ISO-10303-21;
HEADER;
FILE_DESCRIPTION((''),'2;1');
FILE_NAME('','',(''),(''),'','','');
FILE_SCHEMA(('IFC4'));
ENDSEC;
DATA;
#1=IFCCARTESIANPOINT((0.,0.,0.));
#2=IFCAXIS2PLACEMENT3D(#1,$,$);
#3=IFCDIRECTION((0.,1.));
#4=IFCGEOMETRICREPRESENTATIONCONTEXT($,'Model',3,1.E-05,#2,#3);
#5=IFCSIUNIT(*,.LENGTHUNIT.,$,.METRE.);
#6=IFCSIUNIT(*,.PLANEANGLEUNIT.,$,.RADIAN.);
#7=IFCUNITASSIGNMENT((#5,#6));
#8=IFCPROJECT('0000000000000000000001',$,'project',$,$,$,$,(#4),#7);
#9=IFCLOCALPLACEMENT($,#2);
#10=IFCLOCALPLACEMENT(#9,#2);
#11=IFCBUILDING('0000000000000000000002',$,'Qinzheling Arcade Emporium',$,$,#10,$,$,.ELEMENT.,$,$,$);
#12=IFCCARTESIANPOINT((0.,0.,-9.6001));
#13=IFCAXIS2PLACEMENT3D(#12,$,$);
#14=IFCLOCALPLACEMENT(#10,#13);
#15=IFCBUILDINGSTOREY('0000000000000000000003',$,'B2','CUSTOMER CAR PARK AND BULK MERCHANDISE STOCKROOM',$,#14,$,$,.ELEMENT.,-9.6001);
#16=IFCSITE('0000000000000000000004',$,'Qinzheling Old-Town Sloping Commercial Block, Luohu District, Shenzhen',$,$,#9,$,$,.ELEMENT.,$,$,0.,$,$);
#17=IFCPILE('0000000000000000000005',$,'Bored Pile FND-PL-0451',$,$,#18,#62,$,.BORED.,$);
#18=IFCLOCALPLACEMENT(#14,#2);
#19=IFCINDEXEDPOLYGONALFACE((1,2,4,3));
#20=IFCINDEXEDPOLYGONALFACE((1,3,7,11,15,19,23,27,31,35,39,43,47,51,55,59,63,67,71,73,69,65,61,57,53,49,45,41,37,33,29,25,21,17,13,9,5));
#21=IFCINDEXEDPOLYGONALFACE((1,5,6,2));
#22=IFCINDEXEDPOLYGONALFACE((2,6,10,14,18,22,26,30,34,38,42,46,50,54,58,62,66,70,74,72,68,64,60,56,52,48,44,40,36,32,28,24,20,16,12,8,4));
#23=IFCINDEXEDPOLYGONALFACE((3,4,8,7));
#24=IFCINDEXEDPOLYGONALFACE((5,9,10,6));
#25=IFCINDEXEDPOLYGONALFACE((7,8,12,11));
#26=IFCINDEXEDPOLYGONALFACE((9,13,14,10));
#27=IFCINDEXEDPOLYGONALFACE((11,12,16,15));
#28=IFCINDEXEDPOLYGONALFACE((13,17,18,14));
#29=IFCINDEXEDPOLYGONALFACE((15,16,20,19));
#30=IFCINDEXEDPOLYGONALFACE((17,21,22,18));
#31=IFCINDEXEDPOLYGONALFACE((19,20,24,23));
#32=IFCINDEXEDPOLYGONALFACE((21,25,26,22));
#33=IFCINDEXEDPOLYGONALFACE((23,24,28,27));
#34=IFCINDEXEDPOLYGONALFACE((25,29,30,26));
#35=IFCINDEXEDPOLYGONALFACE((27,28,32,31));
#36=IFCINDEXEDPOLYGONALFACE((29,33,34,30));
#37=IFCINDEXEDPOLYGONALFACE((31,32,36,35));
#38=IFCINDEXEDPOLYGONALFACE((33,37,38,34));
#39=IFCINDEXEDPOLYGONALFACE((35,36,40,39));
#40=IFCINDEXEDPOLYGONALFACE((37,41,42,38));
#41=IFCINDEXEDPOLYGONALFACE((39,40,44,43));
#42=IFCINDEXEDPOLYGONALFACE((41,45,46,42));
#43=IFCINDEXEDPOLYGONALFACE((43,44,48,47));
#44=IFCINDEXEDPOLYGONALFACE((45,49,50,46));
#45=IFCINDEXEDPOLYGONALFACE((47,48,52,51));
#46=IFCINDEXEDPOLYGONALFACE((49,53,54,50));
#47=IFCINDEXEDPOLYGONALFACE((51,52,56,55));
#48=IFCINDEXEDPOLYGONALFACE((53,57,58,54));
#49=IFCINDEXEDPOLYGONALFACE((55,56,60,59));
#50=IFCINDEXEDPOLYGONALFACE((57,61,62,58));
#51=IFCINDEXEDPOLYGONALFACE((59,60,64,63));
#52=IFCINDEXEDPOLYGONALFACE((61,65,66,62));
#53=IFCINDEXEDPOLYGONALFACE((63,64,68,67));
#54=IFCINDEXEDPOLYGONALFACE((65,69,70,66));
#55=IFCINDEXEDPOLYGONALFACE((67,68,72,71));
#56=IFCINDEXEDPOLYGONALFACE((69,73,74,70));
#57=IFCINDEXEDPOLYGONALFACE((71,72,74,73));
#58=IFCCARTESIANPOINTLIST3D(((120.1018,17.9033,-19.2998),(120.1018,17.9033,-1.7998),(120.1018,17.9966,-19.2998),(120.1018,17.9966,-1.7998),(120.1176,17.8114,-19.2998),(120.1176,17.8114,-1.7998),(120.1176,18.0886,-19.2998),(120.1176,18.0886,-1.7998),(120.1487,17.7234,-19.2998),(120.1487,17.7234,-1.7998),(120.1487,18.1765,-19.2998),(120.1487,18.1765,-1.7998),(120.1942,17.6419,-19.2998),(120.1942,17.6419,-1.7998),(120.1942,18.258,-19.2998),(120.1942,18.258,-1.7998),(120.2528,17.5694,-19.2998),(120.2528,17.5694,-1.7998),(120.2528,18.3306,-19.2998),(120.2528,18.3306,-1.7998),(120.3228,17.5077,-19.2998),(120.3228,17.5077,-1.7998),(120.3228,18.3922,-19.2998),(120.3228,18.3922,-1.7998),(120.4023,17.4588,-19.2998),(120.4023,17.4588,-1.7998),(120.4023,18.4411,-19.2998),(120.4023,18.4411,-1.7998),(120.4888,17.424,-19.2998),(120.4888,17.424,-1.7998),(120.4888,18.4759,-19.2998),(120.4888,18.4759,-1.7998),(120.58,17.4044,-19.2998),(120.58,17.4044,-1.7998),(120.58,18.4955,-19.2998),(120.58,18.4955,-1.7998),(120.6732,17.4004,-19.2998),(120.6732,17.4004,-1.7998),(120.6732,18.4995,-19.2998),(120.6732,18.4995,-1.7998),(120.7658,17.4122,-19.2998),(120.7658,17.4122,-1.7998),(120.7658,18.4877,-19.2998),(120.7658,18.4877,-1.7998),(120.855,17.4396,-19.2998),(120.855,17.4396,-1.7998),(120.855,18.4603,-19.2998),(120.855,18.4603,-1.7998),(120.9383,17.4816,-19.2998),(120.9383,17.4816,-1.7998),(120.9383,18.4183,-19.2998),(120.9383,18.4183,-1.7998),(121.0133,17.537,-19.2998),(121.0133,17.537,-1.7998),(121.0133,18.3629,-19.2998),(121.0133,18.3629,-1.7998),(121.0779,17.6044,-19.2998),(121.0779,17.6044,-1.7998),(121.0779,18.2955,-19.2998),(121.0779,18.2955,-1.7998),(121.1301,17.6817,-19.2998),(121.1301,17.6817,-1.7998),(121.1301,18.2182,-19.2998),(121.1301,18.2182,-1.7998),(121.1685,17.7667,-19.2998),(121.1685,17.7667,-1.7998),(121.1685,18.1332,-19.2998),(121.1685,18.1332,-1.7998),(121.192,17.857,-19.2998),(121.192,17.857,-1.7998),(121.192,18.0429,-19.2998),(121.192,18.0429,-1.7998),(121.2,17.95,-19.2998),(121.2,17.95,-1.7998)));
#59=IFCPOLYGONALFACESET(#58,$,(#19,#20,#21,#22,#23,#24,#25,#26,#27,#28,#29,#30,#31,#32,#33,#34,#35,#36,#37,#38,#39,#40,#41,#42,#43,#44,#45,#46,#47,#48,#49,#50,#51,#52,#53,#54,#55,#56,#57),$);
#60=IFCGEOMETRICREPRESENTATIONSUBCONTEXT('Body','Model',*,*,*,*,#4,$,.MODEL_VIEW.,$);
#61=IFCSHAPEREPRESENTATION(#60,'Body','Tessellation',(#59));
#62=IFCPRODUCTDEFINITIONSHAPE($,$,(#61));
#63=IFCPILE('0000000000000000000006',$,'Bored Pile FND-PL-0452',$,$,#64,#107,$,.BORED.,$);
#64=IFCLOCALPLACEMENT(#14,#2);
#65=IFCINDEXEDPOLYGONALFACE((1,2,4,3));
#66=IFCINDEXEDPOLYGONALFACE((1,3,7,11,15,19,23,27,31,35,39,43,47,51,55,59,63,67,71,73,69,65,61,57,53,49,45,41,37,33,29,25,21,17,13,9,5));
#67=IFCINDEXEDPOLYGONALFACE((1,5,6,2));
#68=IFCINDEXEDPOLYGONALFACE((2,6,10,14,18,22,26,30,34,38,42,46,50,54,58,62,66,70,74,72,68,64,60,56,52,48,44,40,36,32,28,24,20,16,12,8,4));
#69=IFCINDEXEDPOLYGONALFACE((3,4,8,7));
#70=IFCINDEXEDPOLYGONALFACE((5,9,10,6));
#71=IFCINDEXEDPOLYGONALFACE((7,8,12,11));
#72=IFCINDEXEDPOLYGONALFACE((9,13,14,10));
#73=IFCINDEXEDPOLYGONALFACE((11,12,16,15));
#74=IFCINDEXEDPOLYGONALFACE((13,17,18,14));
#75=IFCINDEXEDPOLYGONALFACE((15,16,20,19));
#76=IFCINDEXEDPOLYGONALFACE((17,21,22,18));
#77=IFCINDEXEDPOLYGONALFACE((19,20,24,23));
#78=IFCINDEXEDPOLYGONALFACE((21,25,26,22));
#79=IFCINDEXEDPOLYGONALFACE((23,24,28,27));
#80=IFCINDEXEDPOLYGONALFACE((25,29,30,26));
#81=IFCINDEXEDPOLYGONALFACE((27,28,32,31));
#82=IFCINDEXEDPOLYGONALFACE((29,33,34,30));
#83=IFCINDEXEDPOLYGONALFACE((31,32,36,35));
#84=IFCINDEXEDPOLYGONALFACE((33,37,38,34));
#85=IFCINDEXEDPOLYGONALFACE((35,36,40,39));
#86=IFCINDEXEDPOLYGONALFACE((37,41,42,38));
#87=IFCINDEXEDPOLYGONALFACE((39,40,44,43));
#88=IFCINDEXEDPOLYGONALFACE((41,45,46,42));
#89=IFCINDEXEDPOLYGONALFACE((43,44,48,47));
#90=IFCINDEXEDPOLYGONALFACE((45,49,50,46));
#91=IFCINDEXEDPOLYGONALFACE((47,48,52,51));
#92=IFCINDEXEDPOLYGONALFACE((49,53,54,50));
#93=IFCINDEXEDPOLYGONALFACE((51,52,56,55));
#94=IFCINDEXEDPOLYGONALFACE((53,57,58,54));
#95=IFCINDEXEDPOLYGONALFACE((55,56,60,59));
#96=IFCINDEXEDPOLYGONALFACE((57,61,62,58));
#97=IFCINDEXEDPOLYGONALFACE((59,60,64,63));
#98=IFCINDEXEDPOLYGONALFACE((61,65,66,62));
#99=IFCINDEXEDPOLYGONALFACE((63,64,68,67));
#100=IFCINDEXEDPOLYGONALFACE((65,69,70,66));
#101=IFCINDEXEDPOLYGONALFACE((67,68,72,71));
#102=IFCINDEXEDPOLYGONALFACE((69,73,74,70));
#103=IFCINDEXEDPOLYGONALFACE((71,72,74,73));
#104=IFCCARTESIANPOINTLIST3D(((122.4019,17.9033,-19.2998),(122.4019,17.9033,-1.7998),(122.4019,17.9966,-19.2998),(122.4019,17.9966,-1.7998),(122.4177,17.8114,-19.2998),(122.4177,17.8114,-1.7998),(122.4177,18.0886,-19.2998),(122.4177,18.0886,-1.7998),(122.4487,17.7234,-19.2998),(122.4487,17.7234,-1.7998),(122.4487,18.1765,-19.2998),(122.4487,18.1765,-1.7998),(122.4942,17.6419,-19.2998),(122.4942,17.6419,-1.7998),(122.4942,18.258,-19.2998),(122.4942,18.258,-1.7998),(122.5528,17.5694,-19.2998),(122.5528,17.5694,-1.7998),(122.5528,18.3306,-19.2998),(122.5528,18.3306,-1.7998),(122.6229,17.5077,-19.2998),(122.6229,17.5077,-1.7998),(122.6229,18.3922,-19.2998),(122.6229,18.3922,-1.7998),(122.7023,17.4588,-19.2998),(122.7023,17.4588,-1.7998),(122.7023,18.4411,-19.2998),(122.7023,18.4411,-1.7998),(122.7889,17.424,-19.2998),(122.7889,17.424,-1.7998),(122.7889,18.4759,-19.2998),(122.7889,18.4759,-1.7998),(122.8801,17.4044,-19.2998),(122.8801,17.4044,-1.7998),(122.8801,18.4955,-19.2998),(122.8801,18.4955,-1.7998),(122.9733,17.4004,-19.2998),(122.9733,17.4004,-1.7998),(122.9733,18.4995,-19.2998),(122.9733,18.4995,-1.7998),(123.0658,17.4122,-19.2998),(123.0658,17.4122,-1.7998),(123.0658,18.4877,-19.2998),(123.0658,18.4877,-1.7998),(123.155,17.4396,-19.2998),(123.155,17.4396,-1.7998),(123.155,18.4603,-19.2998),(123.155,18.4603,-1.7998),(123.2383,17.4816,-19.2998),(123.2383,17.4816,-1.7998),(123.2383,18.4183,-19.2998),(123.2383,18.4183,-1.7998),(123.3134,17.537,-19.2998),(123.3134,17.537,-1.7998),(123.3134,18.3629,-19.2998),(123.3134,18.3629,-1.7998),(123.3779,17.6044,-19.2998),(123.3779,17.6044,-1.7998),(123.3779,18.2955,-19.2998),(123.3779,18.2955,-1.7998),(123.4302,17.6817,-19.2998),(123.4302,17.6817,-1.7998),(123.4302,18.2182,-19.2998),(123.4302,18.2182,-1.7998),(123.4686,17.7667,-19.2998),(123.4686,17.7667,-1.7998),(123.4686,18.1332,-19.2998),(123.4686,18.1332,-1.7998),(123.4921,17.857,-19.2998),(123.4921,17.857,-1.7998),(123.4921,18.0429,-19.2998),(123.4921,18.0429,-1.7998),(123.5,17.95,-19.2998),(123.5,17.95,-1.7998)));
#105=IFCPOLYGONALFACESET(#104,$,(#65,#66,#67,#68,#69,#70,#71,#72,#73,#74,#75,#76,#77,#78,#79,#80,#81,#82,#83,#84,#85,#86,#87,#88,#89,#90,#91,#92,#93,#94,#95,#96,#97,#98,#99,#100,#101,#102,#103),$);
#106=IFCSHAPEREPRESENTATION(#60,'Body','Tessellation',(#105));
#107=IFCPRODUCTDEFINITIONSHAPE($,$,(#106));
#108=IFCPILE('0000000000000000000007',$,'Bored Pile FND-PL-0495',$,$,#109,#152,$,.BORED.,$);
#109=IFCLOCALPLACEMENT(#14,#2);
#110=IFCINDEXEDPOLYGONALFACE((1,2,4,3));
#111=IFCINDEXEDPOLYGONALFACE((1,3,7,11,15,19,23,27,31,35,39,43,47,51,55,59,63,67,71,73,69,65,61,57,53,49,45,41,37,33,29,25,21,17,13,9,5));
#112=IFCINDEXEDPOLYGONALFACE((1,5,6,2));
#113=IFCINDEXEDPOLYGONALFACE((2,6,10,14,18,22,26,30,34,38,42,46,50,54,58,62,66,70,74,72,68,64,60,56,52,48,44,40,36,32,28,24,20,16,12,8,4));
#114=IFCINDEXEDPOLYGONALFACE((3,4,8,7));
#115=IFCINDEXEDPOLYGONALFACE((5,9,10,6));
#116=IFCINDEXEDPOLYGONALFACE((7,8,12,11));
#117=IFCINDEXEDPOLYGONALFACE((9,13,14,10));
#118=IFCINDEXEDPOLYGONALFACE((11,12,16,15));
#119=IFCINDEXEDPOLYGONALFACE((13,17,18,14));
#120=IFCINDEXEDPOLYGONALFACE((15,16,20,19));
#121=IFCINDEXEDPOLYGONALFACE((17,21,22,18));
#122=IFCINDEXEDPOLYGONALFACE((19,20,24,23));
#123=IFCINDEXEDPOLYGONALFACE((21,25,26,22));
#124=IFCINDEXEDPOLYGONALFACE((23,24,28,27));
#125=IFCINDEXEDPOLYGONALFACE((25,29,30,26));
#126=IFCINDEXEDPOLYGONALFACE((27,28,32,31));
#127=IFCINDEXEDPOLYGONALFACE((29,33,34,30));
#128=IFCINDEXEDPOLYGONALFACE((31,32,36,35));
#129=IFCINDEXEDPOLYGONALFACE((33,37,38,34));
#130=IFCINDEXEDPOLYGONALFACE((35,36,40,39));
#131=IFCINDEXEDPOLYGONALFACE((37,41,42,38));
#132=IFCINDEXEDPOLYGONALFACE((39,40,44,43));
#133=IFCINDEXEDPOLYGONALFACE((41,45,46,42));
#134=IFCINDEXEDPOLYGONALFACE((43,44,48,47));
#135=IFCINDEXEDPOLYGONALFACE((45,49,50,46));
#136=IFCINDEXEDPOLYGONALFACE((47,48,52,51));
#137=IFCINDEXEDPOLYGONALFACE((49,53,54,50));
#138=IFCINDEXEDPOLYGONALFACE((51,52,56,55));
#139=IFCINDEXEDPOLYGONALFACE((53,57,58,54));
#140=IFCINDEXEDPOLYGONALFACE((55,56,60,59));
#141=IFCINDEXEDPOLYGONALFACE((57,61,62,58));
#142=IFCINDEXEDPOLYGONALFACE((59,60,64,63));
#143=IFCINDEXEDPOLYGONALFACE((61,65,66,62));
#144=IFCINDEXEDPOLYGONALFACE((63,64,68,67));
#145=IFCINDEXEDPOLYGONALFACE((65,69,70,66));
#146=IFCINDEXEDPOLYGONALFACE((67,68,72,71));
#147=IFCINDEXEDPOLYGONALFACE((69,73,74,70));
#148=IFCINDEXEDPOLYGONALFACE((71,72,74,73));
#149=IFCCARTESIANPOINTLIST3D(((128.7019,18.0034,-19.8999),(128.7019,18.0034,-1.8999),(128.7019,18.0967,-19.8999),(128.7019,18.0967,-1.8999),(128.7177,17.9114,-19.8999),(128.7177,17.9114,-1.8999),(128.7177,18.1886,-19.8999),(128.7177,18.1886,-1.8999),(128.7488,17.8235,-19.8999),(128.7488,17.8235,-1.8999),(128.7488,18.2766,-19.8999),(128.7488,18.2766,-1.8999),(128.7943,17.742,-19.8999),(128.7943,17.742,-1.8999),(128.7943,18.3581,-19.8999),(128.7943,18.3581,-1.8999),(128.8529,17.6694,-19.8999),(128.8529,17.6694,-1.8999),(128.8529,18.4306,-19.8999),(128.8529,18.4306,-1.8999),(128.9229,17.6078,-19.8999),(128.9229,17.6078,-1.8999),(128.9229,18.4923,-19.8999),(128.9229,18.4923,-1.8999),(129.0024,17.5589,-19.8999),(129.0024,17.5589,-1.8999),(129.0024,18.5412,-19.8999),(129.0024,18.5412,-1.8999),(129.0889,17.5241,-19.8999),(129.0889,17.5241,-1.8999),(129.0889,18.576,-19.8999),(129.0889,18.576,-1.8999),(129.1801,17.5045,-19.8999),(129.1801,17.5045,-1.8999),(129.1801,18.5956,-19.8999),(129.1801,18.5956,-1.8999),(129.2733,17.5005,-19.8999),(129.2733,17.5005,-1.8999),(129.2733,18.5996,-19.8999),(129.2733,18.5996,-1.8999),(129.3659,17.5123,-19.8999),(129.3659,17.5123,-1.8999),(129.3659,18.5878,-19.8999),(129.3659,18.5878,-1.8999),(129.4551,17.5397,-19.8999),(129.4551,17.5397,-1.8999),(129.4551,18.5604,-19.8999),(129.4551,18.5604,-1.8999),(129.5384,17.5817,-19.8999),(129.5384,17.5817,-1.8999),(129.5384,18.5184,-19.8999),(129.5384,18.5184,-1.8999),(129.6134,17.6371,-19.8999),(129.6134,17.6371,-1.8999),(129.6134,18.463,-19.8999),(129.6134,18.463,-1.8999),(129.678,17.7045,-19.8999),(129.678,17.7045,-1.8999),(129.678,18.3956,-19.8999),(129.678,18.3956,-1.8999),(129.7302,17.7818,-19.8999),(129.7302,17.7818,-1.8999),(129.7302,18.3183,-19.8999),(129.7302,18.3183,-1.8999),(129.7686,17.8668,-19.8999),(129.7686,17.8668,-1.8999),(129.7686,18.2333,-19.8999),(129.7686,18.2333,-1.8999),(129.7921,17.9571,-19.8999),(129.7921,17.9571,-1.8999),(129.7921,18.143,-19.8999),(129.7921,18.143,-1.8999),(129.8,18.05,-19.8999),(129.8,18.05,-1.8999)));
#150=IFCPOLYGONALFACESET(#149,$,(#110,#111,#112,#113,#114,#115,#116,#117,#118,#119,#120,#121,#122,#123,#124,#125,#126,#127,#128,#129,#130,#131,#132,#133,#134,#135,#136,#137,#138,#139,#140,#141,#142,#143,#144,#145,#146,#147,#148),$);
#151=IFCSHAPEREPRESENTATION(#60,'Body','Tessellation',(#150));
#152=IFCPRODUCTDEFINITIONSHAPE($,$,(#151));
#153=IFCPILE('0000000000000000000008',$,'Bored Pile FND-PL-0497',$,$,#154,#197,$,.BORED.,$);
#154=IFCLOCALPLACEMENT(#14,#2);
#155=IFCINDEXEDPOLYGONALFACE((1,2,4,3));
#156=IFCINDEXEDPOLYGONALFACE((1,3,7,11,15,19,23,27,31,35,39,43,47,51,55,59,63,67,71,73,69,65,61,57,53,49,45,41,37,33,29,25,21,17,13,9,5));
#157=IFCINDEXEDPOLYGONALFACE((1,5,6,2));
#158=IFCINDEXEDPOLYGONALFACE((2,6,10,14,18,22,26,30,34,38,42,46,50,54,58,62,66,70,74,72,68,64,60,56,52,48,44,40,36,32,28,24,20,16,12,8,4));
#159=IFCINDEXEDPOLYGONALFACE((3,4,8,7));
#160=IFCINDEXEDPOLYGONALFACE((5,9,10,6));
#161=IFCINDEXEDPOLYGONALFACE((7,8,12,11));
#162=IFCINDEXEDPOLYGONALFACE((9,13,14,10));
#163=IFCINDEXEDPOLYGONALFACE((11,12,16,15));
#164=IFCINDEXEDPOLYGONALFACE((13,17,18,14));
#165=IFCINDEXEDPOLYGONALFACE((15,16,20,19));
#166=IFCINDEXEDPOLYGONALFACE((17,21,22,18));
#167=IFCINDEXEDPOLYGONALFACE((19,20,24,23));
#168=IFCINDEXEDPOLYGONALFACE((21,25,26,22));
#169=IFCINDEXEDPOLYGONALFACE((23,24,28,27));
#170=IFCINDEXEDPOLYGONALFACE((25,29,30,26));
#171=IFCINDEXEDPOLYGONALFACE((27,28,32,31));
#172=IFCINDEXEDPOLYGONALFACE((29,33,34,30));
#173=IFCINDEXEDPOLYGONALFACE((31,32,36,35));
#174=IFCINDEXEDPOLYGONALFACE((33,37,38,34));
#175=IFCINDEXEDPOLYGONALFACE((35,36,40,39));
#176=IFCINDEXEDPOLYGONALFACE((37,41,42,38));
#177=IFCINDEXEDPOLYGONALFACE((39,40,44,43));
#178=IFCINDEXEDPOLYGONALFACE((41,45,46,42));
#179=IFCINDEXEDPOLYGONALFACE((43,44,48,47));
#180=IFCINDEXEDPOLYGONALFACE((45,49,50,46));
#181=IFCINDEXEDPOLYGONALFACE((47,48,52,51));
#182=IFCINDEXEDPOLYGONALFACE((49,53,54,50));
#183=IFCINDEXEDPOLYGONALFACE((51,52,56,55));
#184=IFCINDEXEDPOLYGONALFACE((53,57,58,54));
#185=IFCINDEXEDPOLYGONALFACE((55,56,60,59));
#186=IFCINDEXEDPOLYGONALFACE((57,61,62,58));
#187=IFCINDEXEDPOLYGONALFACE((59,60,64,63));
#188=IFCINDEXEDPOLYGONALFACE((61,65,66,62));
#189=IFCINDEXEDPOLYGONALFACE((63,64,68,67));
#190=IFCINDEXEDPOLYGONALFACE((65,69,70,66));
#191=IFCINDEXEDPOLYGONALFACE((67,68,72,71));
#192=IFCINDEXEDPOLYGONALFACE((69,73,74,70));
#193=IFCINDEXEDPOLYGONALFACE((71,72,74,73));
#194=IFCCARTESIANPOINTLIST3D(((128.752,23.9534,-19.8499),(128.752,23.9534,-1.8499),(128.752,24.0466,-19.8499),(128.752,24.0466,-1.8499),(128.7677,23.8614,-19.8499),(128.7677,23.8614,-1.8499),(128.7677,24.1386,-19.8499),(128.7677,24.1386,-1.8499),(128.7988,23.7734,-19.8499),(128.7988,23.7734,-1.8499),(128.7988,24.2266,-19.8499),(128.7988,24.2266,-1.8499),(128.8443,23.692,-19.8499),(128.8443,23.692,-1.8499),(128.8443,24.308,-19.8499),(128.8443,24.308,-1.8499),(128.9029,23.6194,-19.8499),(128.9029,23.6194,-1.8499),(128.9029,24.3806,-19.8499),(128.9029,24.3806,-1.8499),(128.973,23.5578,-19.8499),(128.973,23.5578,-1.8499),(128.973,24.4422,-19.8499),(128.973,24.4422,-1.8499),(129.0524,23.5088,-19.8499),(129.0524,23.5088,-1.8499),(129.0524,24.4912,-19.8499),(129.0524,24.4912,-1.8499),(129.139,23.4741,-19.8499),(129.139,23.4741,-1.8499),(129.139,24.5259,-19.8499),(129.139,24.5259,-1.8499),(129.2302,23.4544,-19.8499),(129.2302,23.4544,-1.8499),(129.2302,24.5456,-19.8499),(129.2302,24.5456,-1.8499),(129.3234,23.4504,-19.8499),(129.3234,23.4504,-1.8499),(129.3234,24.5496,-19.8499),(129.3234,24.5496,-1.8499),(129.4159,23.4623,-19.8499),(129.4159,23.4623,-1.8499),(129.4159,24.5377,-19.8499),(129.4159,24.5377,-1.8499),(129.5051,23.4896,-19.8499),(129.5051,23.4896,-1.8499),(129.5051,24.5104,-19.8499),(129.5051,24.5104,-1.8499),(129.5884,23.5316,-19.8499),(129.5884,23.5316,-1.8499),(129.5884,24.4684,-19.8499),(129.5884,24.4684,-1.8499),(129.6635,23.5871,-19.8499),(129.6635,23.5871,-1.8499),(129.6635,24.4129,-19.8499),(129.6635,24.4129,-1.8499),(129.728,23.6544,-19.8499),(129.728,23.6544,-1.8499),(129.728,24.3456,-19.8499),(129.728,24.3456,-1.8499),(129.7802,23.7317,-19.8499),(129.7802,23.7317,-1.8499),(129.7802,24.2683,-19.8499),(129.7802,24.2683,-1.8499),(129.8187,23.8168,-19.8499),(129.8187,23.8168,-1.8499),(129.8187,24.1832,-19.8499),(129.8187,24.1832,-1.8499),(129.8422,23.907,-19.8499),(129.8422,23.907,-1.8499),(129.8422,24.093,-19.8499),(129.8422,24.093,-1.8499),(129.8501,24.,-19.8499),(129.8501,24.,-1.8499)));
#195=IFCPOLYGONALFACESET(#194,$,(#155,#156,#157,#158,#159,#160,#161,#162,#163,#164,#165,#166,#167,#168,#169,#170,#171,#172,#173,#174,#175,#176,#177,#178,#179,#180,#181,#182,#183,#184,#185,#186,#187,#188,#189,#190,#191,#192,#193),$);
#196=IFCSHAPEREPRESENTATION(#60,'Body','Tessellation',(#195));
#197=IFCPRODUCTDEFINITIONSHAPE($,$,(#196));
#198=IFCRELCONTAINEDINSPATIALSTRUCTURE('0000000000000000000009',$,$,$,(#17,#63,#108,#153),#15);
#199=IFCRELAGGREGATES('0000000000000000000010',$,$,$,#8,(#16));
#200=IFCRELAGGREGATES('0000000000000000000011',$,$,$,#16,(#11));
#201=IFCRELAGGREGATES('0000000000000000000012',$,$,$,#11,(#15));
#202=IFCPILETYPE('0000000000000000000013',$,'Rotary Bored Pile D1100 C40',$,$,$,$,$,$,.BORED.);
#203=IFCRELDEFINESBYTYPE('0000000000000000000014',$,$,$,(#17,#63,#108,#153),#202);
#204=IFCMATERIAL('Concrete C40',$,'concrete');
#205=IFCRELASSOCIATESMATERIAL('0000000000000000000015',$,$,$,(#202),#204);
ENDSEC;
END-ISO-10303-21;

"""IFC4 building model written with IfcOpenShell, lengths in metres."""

from ifc_helpers import new_model, si_unit, direction, frame, origin, origin_2d, place, context, subcontext, project, spatial, circle, extrude, material, material_profile, profile_set, type_object, element, save


model = new_model("IFC4")

# Units and contexts
model_context = context("Model", 3, precision=1e-05, world=origin(), true_north=direction((0.0, 1.0)))
body_context = subcontext(model_context, "Body", "Model", "MODEL_VIEW")
ifc_project = project(units=[si_unit("LENGTHUNIT", "METRE"), si_unit("PLANEANGLEUNIT", "RADIAN")], contexts=[model_context])

# Site, building, storey
site_placement = place(None, origin())
site = spatial("IfcSite", under=ifc_project, at=site_placement, Name="Qinzheling Old-Town Sloping Commercial Block, Luohu District, Shenzhen", CompositionType="ELEMENT", RefElevation=0.0)
building_placement = place(site_placement, origin())
building = spatial("IfcBuilding", under=site, at=building_placement, Name="Qinzheling Arcade Emporium", CompositionType="ELEMENT")
storey_placement = place(building_placement, frame((0.0, 0.0, -9.6001)))
storey = spatial("IfcBuildingStorey", under=building, at=storey_placement, Name="B2", Description="CUSTOMER CAR PARK AND BULK MERCHANDISE STOCKROOM", CompositionType="ELEMENT", Elevation=-9.6001)

# Shared definitions
ifc_material_1 = material(Name="Concrete C40", Category="concrete")

# Piles
ifc_material_profile_1 = material_profile(ifc_material_1, circle(Radius=0.55, at=origin_2d()), Name="BORED D1100", Category="concrete")
ifc_profile_set_1 = profile_set([ifc_material_profile_1], Name="Concrete C40")
pile_type_1 = type_object("IfcPileType", Name="Rotary Bored Pile D1100 C40", PredefinedType="BORED", material=ifc_profile_set_1)
for number, where, z_axis, x_axis, name in (
    (1, (120.6499, 17.95, -1.7998), (0.0, 0.0, -1.0), (1.0, 0.0, 0.0), "Bored Pile FND-PL-0451"),
    (2, (122.95, 17.95, -1.7998), (0.0, 0.0, -1.0), (1.0, 0.0, 0.0), "Bored Pile FND-PL-0452"),
):
    element("IfcPile", number, at=place(storey_placement, frame(where, z_axis=z_axis, x_axis=x_axis)), inside=storey, type_object=pile_type_1, Name=name, PredefinedType="BORED", context=body_context, shape_type="SweptSolid", body=[
        extrude(circle(Radius=0.55, at=origin_2d()), origin(), (0.0, 0.0, 1.0), 17.5),
    ])
for number, where, z_axis, x_axis, name in (
    (3, (129.25, 18.05, -1.8999), (0.0, 0.0, -1.0), (1.0, 0.0, 0.0), "Bored Pile FND-PL-0495"),
    (4, (129.3, 24.0, -1.8499), (0.0, 0.0, -1.0), (1.0, 0.0, 0.0), "Bored Pile FND-PL-0497"),
):
    element("IfcPile", number, at=place(storey_placement, frame(where, z_axis=z_axis, x_axis=x_axis)), inside=storey, type_object=pile_type_1, Name=name, PredefinedType="BORED", context=body_context, shape_type="SweptSolid", body=[
        extrude(circle(Radius=0.55, at=origin_2d()), origin(), (0.0, 0.0, 1.0), 18.0),
    ])

save(model, "model.ifc")
